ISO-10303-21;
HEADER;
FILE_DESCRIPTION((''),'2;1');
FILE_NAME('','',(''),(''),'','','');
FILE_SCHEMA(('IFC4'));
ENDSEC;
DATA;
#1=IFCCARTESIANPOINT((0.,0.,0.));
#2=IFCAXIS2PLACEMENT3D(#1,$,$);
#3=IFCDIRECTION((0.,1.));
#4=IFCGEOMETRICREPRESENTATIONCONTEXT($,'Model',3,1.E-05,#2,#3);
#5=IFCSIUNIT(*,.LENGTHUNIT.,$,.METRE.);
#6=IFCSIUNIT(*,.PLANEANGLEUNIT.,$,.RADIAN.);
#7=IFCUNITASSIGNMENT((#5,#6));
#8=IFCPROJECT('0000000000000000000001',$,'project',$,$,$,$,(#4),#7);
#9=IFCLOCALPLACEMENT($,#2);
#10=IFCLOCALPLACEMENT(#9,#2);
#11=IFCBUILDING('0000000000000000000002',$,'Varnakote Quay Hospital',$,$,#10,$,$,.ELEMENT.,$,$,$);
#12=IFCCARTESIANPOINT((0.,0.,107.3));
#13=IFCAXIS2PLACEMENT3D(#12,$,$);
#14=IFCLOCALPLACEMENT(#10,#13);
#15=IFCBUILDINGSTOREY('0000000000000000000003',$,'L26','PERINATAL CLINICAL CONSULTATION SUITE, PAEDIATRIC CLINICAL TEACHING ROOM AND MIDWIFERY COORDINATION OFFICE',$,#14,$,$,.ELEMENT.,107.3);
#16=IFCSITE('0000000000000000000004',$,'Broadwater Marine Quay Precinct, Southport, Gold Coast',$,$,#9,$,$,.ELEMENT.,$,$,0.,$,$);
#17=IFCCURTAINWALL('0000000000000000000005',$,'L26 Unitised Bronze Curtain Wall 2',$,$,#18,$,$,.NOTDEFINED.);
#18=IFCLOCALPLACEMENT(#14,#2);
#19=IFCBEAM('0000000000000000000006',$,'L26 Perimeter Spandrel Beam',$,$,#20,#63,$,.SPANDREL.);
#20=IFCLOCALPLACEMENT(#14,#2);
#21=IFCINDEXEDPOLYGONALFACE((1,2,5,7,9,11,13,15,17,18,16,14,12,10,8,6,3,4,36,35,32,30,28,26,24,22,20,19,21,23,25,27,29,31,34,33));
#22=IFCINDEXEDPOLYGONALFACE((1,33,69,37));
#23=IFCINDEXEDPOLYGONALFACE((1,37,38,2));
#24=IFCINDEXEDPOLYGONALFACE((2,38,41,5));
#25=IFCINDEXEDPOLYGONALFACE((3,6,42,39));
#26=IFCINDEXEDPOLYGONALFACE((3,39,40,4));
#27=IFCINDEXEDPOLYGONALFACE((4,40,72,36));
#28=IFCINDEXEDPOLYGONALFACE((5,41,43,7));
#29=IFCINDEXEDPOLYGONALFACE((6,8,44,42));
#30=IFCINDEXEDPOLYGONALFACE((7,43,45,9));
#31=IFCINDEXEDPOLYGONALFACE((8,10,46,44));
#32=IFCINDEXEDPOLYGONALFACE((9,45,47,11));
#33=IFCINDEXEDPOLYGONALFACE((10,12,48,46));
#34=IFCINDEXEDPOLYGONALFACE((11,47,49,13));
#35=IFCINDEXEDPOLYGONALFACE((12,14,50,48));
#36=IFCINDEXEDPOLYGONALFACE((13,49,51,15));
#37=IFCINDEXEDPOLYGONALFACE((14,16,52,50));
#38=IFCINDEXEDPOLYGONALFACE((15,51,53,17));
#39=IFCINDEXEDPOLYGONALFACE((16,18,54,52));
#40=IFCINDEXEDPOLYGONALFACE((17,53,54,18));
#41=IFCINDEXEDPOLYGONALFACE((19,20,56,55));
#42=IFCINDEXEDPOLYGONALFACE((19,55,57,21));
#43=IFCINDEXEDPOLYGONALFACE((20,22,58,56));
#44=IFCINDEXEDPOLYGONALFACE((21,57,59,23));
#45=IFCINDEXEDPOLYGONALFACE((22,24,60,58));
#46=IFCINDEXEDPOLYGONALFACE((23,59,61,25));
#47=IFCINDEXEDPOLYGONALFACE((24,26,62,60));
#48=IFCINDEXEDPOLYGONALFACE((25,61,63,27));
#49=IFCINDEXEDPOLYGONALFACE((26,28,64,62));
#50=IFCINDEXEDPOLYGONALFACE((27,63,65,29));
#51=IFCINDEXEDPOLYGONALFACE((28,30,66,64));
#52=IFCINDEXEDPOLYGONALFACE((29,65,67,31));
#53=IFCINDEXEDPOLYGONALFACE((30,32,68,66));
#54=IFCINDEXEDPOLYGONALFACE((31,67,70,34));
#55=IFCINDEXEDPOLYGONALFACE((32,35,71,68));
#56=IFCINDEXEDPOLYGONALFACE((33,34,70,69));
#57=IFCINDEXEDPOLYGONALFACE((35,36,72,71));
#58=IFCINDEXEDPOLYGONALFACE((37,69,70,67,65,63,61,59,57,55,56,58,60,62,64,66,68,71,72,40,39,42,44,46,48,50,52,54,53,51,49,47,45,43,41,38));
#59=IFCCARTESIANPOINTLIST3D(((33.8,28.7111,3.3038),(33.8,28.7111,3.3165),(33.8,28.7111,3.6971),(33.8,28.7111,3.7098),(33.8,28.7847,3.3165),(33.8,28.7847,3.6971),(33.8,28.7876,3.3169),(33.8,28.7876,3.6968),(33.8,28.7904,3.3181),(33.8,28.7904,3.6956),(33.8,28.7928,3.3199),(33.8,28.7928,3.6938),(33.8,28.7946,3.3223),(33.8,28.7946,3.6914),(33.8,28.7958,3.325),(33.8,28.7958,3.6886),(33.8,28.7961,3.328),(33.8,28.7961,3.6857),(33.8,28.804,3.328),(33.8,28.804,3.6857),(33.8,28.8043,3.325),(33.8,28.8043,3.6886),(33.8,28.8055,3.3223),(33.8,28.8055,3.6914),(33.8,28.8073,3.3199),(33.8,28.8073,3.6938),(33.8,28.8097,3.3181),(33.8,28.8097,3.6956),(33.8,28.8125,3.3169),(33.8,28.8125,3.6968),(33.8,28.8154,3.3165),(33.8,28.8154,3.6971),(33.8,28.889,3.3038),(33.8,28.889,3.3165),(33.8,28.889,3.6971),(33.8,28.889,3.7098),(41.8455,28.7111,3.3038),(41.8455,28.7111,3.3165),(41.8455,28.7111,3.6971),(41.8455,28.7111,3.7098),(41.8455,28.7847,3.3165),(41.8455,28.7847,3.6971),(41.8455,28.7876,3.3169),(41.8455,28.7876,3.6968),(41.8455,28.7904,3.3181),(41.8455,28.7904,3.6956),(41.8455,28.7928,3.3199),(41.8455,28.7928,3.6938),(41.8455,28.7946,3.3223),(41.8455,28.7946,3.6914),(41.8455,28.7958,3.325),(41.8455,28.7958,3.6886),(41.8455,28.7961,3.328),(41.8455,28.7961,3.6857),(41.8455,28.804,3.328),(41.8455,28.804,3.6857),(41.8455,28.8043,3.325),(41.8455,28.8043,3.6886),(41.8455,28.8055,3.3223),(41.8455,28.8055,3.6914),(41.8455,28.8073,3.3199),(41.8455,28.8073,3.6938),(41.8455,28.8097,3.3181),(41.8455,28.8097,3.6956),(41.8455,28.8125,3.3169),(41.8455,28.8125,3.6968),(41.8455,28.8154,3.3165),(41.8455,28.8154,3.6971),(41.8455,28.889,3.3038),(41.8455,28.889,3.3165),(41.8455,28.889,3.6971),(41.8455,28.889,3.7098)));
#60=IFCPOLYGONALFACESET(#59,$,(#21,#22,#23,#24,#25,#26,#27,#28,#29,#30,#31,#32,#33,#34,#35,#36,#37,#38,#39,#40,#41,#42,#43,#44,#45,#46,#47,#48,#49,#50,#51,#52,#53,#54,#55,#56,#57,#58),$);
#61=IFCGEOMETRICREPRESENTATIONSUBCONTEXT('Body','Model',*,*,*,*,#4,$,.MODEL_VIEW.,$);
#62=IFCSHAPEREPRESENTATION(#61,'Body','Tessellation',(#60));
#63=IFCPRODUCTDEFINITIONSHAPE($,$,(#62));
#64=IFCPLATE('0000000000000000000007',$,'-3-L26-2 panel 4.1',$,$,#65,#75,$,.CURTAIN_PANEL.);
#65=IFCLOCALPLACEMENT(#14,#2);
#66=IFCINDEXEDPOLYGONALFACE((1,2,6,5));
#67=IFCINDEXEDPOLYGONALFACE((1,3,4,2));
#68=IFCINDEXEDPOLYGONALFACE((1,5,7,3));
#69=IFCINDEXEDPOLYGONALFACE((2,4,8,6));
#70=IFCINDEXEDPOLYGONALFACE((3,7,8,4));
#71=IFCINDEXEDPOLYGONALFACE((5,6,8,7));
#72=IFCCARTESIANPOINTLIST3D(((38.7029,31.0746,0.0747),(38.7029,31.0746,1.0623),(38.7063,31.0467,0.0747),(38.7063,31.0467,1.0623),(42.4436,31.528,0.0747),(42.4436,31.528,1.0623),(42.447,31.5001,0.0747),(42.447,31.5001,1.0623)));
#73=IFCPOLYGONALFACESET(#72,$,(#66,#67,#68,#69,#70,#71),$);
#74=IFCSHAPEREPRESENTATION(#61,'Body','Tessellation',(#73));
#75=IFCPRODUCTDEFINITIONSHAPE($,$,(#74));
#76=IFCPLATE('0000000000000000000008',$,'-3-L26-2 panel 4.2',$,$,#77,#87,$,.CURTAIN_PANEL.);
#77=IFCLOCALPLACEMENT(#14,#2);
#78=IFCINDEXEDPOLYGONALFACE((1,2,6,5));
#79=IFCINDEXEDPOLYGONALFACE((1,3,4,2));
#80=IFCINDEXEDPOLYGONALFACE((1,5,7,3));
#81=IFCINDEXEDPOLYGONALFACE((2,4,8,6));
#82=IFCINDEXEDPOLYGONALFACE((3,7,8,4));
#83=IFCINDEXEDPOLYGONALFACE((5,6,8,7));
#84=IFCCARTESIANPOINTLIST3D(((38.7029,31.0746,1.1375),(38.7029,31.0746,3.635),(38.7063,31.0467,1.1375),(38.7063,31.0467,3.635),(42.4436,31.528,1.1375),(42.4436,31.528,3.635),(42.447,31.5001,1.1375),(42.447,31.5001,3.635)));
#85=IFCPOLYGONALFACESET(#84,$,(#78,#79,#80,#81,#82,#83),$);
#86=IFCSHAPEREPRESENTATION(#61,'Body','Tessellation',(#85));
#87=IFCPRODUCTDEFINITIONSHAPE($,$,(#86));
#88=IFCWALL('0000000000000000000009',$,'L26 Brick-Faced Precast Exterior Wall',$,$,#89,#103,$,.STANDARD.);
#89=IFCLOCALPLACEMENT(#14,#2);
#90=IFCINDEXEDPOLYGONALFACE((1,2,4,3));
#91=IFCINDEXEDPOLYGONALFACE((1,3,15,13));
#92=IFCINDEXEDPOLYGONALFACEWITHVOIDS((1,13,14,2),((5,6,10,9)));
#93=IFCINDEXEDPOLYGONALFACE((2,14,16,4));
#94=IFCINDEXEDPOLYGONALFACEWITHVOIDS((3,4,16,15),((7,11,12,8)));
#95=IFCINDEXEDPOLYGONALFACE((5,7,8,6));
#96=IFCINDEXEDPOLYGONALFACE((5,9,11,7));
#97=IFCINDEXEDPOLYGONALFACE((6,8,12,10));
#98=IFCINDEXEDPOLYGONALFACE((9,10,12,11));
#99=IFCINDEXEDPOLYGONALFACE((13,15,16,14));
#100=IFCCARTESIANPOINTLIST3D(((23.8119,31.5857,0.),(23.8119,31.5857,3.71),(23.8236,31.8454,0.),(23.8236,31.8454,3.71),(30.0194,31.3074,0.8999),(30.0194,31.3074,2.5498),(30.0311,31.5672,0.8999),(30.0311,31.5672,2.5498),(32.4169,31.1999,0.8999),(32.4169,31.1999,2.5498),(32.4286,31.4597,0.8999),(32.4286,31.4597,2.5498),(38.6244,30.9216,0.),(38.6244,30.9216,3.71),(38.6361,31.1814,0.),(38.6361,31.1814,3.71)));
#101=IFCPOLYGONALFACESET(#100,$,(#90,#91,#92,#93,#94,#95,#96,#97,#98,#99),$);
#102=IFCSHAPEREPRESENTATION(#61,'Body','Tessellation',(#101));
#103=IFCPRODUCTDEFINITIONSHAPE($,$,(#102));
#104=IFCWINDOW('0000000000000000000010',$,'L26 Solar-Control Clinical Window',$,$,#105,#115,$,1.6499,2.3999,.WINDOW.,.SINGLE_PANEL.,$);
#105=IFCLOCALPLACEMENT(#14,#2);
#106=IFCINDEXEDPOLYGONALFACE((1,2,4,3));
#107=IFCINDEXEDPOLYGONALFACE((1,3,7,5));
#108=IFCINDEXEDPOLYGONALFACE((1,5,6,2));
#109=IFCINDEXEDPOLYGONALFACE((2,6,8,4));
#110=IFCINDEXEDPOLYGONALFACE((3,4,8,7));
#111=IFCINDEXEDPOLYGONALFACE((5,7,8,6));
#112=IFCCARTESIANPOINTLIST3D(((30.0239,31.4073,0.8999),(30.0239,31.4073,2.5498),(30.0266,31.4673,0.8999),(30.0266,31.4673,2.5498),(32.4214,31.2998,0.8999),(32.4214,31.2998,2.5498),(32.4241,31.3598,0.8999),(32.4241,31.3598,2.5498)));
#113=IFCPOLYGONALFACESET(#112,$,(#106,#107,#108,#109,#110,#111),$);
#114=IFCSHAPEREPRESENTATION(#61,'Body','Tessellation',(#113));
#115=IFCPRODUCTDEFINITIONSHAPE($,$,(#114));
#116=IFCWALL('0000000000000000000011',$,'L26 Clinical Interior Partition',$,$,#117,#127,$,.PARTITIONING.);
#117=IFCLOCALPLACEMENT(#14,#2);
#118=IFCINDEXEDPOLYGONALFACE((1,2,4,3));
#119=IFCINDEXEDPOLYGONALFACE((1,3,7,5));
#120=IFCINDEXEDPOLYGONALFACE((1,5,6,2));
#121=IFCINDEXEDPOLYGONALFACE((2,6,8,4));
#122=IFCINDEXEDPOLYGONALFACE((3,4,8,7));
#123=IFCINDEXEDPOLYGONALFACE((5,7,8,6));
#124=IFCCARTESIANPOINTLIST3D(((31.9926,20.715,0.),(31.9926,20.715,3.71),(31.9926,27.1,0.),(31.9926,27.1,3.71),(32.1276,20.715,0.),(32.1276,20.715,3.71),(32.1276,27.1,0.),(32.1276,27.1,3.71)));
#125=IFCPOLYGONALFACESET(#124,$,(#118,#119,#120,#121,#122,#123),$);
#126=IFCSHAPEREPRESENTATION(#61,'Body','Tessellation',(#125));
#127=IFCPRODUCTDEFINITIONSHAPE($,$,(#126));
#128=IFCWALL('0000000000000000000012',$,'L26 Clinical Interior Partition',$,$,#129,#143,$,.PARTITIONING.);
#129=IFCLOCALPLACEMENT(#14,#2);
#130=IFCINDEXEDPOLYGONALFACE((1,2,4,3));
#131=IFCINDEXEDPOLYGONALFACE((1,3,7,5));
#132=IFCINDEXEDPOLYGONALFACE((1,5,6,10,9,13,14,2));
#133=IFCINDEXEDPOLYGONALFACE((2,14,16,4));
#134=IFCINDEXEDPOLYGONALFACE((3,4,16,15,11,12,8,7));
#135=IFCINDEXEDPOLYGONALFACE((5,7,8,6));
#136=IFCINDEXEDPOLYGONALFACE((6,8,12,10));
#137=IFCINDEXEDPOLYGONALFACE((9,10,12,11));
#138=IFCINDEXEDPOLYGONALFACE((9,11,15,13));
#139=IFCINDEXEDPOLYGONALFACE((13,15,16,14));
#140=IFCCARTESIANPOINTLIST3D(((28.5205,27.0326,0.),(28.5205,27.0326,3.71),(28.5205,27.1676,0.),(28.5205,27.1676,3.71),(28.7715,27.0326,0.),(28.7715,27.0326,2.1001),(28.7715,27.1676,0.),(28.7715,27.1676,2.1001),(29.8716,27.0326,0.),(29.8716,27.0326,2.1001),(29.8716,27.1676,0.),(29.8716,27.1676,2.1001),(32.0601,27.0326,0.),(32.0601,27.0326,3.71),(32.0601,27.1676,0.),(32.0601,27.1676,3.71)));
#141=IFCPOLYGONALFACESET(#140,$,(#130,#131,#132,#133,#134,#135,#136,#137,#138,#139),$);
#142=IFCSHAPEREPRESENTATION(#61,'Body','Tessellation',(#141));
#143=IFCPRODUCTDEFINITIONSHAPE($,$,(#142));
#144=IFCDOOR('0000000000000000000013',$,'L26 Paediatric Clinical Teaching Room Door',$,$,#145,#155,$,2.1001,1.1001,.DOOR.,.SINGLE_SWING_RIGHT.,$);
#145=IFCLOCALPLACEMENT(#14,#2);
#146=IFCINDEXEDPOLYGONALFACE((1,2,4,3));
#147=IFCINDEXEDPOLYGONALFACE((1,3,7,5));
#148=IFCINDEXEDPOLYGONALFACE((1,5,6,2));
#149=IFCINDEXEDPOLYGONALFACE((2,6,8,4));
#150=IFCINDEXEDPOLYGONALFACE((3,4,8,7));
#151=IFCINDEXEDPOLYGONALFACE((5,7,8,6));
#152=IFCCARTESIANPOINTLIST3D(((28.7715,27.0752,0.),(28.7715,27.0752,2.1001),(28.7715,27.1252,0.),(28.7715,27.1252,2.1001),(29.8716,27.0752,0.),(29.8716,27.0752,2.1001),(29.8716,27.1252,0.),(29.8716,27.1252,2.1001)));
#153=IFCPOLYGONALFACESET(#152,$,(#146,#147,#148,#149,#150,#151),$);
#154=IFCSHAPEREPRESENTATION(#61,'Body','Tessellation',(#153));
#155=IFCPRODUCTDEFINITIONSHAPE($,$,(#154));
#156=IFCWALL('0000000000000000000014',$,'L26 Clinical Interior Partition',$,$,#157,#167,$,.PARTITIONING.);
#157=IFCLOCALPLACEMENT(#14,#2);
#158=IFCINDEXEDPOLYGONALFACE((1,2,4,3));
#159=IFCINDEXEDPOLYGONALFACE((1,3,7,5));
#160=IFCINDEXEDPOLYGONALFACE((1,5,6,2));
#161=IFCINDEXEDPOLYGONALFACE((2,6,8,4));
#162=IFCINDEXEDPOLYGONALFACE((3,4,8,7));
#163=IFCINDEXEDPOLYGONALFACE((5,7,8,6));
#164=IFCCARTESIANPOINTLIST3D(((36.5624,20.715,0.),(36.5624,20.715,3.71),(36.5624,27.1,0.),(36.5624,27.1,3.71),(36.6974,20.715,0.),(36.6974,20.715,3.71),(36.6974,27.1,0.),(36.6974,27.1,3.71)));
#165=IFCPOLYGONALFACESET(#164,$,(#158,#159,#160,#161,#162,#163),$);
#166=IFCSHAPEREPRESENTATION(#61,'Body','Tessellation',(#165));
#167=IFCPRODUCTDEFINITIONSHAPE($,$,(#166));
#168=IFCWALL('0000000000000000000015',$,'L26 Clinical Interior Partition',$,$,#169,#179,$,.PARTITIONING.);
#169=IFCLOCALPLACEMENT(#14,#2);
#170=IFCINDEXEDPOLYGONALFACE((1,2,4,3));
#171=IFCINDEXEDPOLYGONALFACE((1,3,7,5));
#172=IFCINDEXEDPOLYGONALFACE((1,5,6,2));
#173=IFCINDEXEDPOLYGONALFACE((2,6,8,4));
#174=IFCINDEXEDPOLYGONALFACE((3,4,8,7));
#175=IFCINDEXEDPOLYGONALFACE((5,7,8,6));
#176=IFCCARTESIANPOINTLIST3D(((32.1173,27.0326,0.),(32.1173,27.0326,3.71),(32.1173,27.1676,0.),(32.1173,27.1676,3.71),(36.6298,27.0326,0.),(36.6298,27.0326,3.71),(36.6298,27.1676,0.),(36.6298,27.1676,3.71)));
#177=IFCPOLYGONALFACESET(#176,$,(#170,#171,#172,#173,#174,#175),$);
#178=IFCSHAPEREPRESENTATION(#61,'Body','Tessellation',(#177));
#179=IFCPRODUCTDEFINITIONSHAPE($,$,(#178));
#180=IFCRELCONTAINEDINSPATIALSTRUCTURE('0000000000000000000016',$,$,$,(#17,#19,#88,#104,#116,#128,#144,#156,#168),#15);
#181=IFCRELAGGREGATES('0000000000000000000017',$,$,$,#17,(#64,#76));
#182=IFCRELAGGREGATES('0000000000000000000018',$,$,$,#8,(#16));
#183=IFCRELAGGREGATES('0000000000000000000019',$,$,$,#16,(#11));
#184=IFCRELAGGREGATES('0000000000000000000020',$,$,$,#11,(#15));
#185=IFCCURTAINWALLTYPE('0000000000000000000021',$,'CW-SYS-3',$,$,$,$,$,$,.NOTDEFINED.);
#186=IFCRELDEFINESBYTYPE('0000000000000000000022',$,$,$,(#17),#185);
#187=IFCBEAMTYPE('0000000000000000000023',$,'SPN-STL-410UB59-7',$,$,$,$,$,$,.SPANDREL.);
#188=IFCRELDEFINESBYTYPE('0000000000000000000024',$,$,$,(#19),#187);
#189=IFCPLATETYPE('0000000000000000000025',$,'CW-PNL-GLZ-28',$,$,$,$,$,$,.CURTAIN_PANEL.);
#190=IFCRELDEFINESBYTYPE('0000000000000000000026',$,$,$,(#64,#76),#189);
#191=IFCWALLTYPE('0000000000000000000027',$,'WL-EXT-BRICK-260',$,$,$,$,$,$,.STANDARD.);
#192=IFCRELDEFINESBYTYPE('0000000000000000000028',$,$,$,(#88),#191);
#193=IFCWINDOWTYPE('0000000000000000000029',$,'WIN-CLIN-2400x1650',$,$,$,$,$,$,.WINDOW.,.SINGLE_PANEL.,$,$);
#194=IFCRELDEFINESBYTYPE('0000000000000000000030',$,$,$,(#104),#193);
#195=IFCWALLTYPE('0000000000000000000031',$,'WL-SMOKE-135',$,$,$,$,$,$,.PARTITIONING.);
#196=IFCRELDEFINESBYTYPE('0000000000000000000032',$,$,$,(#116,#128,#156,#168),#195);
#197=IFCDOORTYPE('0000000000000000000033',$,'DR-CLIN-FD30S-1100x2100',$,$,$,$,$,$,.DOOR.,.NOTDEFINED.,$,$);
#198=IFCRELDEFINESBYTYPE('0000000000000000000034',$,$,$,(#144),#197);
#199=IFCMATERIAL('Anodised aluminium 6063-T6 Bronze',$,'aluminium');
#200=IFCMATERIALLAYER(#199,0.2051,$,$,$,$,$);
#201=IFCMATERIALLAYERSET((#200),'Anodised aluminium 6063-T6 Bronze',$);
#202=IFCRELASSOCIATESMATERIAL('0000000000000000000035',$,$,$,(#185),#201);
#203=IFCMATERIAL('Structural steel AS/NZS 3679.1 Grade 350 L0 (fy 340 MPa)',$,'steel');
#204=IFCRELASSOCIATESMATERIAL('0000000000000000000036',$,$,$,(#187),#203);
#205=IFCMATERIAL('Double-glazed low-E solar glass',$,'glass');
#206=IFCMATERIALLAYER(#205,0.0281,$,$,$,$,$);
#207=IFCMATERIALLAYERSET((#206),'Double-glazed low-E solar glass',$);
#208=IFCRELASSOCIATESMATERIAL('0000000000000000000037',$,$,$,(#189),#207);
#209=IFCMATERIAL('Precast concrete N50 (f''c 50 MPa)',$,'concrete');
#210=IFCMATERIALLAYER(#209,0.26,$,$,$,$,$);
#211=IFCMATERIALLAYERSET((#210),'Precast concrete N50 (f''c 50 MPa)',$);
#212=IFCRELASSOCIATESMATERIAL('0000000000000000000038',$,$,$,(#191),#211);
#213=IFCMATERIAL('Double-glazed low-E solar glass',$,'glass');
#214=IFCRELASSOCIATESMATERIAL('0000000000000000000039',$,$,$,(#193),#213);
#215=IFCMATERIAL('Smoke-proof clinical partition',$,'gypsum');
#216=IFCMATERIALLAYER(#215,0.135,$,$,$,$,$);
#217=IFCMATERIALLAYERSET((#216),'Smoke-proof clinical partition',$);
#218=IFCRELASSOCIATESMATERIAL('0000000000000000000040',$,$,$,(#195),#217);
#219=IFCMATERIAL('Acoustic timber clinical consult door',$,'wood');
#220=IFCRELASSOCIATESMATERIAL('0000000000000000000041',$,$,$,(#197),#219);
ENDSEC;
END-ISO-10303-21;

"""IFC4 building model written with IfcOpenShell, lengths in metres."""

from ifc_helpers import new_model, si_unit, direction, frame, frame_2d, origin, origin_2d, place, context, subcontext, project, spatial, rectangle, i_section, extrude, material, layer, layer_set, material_profile, profile_set, type_object, element, fill, aggregate, save


model = new_model("IFC4")

# Units and contexts
model_context = context("Model", 3, precision=1e-05, world=origin(), true_north=direction((0.0, 1.0)))
body_context = subcontext(model_context, "Body", "Model", "MODEL_VIEW")
ifc_project = project(units=[si_unit("LENGTHUNIT", "METRE"), si_unit("PLANEANGLEUNIT", "RADIAN")], contexts=[model_context])

# Site, building, storey
site_placement = place(None, origin())
site = spatial("IfcSite", under=ifc_project, at=site_placement, Name="Broadwater Marine Quay Precinct, Southport, Gold Coast", CompositionType="ELEMENT", RefElevation=0.0)
building_placement = place(site_placement, origin())
building = spatial("IfcBuilding", under=site, at=building_placement, Name="Varnakote Quay Hospital", CompositionType="ELEMENT")
storey_placement = place(building_placement, frame((0.0, 0.0, 107.3)))
storey = spatial("IfcBuildingStorey", under=building, at=storey_placement, Name="L26", Description="PERINATAL CLINICAL CONSULTATION SUITE, PAEDIATRIC CLINICAL TEACHING ROOM AND MIDWIFERY COORDINATION OFFICE", CompositionType="ELEMENT", Elevation=107.3)

# Curtain wall
ifc_material_1 = material(Name="Anodised aluminium 6063-T6 Bronze", Category="aluminium")
ifc_layer_1 = layer(ifc_material_1, 0.2051)
ifc_layer_set_1 = layer_set([ifc_layer_1], Name="Anodised aluminium 6063-T6 Bronze")
curtain_wall_type = type_object("IfcCurtainWallType", Name="CW-SYS-3", PredefinedType="NOTDEFINED", material=ifc_layer_set_1)
curtain_wall_placement = place(storey_placement, origin())
curtain_wall = element("IfcCurtainWall", 1, at=curtain_wall_placement, inside=storey, type_object=curtain_wall_type, Name="L26 Unitised Bronze Curtain Wall 2", PredefinedType="NOTDEFINED")

# Beam
ifc_material_2 = material(Name="Structural steel AS/NZS 3679.1 Grade 350 L0 (fy 340 MPa)", Category="steel")
ifc_material_profile_1 = material_profile(ifc_material_2, i_section(OverallWidth=0.178, OverallDepth=0.406, WebThickness=0.0078, FlangeThickness=0.0127, FilletRadius=0.0115, at=origin_2d()), Name="410UB59.7")
ifc_profile_set_1 = profile_set([ifc_material_profile_1], Name="Structural steel AS/NZS 3679.1 Grade 350 L0 (fy 340 MPa)")
beam_type_1 = type_object("IfcBeamType", Name="SPN-STL-410UB59-7", PredefinedType="SPANDREL", material=ifc_profile_set_1)
beam_1_placement = place(storey_placement, frame((33.8, 28.8, 3.5068), z_axis=(1.0, 0.0, 0.0), x_axis=(0.0, 1.0, 0.0)))
element("IfcBeam", 2, at=beam_1_placement, inside=storey, type_object=beam_type_1, Name="L26 Perimeter Spandrel Beam", PredefinedType="SPANDREL", context=body_context, shape_type="SweptSolid", body=[
    extrude(i_section(OverallWidth=0.178, OverallDepth=0.406, WebThickness=0.0078, FlangeThickness=0.0127, FilletRadius=0.0115, at=origin_2d()), origin(), (0.0, 0.0, 1.0), 8.0454),
])

# Plates
ifc_material_3 = material(Name="Double-glazed low-E solar glass", Category="glass")
ifc_layer_2 = layer(ifc_material_3, 0.0281)
ifc_layer_set_2 = layer_set([ifc_layer_2], Name="Double-glazed low-E solar glass")
plate_type = type_object("IfcPlateType", Name="CW-PNL-GLZ-28", PredefinedType="CURTAIN_PANEL", material=ifc_layer_set_2)
plate_1_placement = place(storey_placement, frame((40.575, 31.2874, 0.0747), z_axis=(0.0, 0.0, 1.0), x_axis=(-0.992734, -0.120327, 0.0)))
plate_1 = element("IfcPlate", 3, at=plate_1_placement, type_object=plate_type, Name="-3-L26-2 panel 4.1", PredefinedType="CURTAIN_PANEL", context=body_context, shape_type="SweptSolid", body=[
    extrude(rectangle(XDim=3.7681, YDim=0.0281, at=origin_2d()), origin(), (0.0, 0.0, 1.0), 0.9875),
])
plate_2_placement = place(storey_placement, frame((40.575, 31.2874, 1.1375), z_axis=(0.0, 0.0, 1.0), x_axis=(-0.992734, -0.120327, 0.0)))
plate_2 = element("IfcPlate", 4, at=plate_2_placement, type_object=plate_type, Name="-3-L26-2 panel 4.2", PredefinedType="CURTAIN_PANEL", context=body_context, shape_type="SweptSolid", body=[
    extrude(rectangle(XDim=3.7681, YDim=0.0281, at=origin_2d()), origin(), (0.0, 0.0, 1.0), 2.4976),
])
aggregate(curtain_wall, [plate_1, plate_2])

# Wall, opening, window
ifc_material_4 = material(Name="Precast concrete N50 (f'c 50 MPa)", Category="concrete")
ifc_layer_3 = layer(ifc_material_4, 0.26)
ifc_layer_set_3 = layer_set([ifc_layer_3], Name="Precast concrete N50 (f'c 50 MPa)")
wall_type_1 = type_object("IfcWallType", Name="WL-EXT-BRICK-260", PredefinedType="STANDARD", material=ifc_layer_set_3)
wall_1_placement = place(storey_placement, frame((38.6301, 31.0515, 0.0), z_axis=(0.0, 0.0, 1.0), x_axis=(-0.998997, 0.044786, 0.0)))
wall_1 = element("IfcWall", 5, at=wall_1_placement, inside=storey, type_object=wall_type_1, Name="L26 Brick-Faced Precast Exterior Wall", PredefinedType="STANDARD", context=body_context, shape_type="SweptSolid", body=[
    extrude(rectangle(XDim=14.8274, YDim=0.26, at=frame_2d((7.4136, 0.0))), origin(), (0.0, 0.0, 1.0), 3.71),
])
opening_1_placement = place(wall_1_placement, frame((6.2136, 0.0, 0.8999)))
opening_1 = element("IfcOpeningElement", 6, at=opening_1_placement, cuts=wall_1, PredefinedType="OPENING", context=body_context, shape_type="SweptSolid", body=[
    extrude(rectangle(XDim=2.3999, YDim=1.6499, at=frame_2d((1.2, 0.825))), frame((0.0, 0.1399, 0.0), z_axis=(0.0, -1.0, 0.0), x_axis=(1.0, 0.0, 0.0)), (0.0, 0.0, 1.0), 0.28),
])
ifc_material_5 = material(Name="Double-glazed low-E solar glass", Category="glass")
window_type = type_object("IfcWindowType", Name="WIN-CLIN-2400x1650", PartitioningType="SINGLE_PANEL", PredefinedType="WINDOW", material=ifc_material_5)
window_placement = place(opening_1_placement, origin())
window = element("IfcWindow", 7, at=window_placement, inside=storey, type_object=window_type, Name="L26 Solar-Control Clinical Window", OverallHeight=1.6499, OverallWidth=2.3999, PartitioningType="SINGLE_PANEL", PredefinedType="WINDOW", context=body_context, shape_type="SweptSolid", body=[
    extrude(rectangle(XDim=2.3999, YDim=1.6499, at=frame_2d((1.2, 0.825))), frame((0.0, 0.03, 0.0), z_axis=(0.0, -1.0, 0.0), x_axis=(1.0, 0.0, 0.0)), (0.0, 0.0, 1.0), 0.0601),
])
fill(opening_1, window)

# Wall
ifc_material_6 = material(Name="Smoke-proof clinical partition", Category="gypsum")
ifc_layer_4 = layer(ifc_material_6, 0.135)
ifc_layer_set_4 = layer_set([ifc_layer_4], Name="Smoke-proof clinical partition")
wall_type_2 = type_object("IfcWallType", Name="WL-SMOKE-135", PredefinedType="PARTITIONING", material=ifc_layer_set_4)
wall_2_placement = place(storey_placement, frame((32.0601, 20.7151, 0.0), z_axis=(0.0, 0.0, 1.0), x_axis=(0.0, 1.0, 0.0)))
element("IfcWall", 8, at=wall_2_placement, inside=storey, type_object=wall_type_2, Name="L26 Clinical Interior Partition", PredefinedType="PARTITIONING", context=body_context, shape_type="SweptSolid", body=[
    extrude(rectangle(XDim=6.385, YDim=0.135, at=frame_2d((3.1924, 0.0))), origin(), (0.0, 0.0, 1.0), 3.71),
])

# Wall, opening, door
wall_3_placement = place(storey_placement, frame((32.0601, 27.1001, 0.0), z_axis=(0.0, 0.0, 1.0), x_axis=(-1.0, 0.0, 0.0)))
wall_3 = element("IfcWall", 9, at=wall_3_placement, inside=storey, type_object=wall_type_2, Name="L26 Clinical Interior Partition", PredefinedType="PARTITIONING", context=body_context, shape_type="SweptSolid", body=[
    extrude(rectangle(XDim=3.5396, YDim=0.135, at=frame_2d((1.7698, 0.0))), origin(), (0.0, 0.0, 1.0), 3.71),
])
opening_2_placement = place(wall_3_placement, frame((2.1885, 0.0, 0.0)))
opening_2 = element("IfcOpeningElement", 10, at=opening_2_placement, cuts=wall_3, PredefinedType="OPENING", context=body_context, shape_type="SweptSolid", body=[
    extrude(rectangle(XDim=1.1001, YDim=2.1001, at=frame_2d((0.55, 1.05))), frame((0.0, 0.0774, 0.0), z_axis=(0.0, -1.0, 0.0), x_axis=(1.0, 0.0, 0.0)), (0.0, 0.0, 1.0), 0.155),
])
ifc_material_7 = material(Name="Acoustic timber clinical consult door", Category="wood")
door_type = type_object("IfcDoorType", Name="DR-CLIN-FD30S-1100x2100", OperationType="NOTDEFINED", PredefinedType="DOOR", material=ifc_material_7)
door_1_placement = place(opening_2_placement, origin())
door_1 = element("IfcDoor", 11, at=door_1_placement, inside=storey, type_object=door_type, Name="L26 Paediatric Clinical Teaching Room Door", OperationType="SINGLE_SWING_RIGHT", OverallHeight=2.1001, OverallWidth=1.1001, PredefinedType="DOOR", context=body_context, shape_type="SweptSolid", body=[
    extrude(rectangle(XDim=1.1001, YDim=2.1001, at=frame_2d((0.55, 1.05))), frame((0.0, 0.0249, 0.0), z_axis=(0.0, -1.0, 0.0), x_axis=(1.0, 0.0, 0.0)), (0.0, 0.0, 1.0), 0.05),
])
fill(opening_2, door_1)

# Walls
wall_4_placement = place(storey_placement, frame((36.6299, 20.7151, 0.0), z_axis=(0.0, 0.0, 1.0), x_axis=(0.0, 1.0, 0.0)))
element("IfcWall", 12, at=wall_4_placement, inside=storey, type_object=wall_type_2, Name="L26 Clinical Interior Partition", PredefinedType="PARTITIONING", context=body_context, shape_type="SweptSolid", body=[
    extrude(rectangle(XDim=6.385, YDim=0.135, at=frame_2d((3.1924, 0.0))), origin(), (0.0, 0.0, 1.0), 3.71),
])
wall_5_placement = place(storey_placement, frame((36.6299, 27.1001, 0.0), z_axis=(0.0, 0.0, 1.0), x_axis=(-1.0, 0.0, 0.0)))
element("IfcWall", 13, at=wall_5_placement, inside=storey, type_object=wall_type_2, Name="L26 Clinical Interior Partition", PredefinedType="PARTITIONING", context=body_context, shape_type="SweptSolid", body=[
    extrude(rectangle(XDim=4.5125, YDim=0.135, at=frame_2d((2.2563, 0.0))), origin(), (0.0, 0.0, 1.0), 3.71),
])

save(model, "model.ifc")
